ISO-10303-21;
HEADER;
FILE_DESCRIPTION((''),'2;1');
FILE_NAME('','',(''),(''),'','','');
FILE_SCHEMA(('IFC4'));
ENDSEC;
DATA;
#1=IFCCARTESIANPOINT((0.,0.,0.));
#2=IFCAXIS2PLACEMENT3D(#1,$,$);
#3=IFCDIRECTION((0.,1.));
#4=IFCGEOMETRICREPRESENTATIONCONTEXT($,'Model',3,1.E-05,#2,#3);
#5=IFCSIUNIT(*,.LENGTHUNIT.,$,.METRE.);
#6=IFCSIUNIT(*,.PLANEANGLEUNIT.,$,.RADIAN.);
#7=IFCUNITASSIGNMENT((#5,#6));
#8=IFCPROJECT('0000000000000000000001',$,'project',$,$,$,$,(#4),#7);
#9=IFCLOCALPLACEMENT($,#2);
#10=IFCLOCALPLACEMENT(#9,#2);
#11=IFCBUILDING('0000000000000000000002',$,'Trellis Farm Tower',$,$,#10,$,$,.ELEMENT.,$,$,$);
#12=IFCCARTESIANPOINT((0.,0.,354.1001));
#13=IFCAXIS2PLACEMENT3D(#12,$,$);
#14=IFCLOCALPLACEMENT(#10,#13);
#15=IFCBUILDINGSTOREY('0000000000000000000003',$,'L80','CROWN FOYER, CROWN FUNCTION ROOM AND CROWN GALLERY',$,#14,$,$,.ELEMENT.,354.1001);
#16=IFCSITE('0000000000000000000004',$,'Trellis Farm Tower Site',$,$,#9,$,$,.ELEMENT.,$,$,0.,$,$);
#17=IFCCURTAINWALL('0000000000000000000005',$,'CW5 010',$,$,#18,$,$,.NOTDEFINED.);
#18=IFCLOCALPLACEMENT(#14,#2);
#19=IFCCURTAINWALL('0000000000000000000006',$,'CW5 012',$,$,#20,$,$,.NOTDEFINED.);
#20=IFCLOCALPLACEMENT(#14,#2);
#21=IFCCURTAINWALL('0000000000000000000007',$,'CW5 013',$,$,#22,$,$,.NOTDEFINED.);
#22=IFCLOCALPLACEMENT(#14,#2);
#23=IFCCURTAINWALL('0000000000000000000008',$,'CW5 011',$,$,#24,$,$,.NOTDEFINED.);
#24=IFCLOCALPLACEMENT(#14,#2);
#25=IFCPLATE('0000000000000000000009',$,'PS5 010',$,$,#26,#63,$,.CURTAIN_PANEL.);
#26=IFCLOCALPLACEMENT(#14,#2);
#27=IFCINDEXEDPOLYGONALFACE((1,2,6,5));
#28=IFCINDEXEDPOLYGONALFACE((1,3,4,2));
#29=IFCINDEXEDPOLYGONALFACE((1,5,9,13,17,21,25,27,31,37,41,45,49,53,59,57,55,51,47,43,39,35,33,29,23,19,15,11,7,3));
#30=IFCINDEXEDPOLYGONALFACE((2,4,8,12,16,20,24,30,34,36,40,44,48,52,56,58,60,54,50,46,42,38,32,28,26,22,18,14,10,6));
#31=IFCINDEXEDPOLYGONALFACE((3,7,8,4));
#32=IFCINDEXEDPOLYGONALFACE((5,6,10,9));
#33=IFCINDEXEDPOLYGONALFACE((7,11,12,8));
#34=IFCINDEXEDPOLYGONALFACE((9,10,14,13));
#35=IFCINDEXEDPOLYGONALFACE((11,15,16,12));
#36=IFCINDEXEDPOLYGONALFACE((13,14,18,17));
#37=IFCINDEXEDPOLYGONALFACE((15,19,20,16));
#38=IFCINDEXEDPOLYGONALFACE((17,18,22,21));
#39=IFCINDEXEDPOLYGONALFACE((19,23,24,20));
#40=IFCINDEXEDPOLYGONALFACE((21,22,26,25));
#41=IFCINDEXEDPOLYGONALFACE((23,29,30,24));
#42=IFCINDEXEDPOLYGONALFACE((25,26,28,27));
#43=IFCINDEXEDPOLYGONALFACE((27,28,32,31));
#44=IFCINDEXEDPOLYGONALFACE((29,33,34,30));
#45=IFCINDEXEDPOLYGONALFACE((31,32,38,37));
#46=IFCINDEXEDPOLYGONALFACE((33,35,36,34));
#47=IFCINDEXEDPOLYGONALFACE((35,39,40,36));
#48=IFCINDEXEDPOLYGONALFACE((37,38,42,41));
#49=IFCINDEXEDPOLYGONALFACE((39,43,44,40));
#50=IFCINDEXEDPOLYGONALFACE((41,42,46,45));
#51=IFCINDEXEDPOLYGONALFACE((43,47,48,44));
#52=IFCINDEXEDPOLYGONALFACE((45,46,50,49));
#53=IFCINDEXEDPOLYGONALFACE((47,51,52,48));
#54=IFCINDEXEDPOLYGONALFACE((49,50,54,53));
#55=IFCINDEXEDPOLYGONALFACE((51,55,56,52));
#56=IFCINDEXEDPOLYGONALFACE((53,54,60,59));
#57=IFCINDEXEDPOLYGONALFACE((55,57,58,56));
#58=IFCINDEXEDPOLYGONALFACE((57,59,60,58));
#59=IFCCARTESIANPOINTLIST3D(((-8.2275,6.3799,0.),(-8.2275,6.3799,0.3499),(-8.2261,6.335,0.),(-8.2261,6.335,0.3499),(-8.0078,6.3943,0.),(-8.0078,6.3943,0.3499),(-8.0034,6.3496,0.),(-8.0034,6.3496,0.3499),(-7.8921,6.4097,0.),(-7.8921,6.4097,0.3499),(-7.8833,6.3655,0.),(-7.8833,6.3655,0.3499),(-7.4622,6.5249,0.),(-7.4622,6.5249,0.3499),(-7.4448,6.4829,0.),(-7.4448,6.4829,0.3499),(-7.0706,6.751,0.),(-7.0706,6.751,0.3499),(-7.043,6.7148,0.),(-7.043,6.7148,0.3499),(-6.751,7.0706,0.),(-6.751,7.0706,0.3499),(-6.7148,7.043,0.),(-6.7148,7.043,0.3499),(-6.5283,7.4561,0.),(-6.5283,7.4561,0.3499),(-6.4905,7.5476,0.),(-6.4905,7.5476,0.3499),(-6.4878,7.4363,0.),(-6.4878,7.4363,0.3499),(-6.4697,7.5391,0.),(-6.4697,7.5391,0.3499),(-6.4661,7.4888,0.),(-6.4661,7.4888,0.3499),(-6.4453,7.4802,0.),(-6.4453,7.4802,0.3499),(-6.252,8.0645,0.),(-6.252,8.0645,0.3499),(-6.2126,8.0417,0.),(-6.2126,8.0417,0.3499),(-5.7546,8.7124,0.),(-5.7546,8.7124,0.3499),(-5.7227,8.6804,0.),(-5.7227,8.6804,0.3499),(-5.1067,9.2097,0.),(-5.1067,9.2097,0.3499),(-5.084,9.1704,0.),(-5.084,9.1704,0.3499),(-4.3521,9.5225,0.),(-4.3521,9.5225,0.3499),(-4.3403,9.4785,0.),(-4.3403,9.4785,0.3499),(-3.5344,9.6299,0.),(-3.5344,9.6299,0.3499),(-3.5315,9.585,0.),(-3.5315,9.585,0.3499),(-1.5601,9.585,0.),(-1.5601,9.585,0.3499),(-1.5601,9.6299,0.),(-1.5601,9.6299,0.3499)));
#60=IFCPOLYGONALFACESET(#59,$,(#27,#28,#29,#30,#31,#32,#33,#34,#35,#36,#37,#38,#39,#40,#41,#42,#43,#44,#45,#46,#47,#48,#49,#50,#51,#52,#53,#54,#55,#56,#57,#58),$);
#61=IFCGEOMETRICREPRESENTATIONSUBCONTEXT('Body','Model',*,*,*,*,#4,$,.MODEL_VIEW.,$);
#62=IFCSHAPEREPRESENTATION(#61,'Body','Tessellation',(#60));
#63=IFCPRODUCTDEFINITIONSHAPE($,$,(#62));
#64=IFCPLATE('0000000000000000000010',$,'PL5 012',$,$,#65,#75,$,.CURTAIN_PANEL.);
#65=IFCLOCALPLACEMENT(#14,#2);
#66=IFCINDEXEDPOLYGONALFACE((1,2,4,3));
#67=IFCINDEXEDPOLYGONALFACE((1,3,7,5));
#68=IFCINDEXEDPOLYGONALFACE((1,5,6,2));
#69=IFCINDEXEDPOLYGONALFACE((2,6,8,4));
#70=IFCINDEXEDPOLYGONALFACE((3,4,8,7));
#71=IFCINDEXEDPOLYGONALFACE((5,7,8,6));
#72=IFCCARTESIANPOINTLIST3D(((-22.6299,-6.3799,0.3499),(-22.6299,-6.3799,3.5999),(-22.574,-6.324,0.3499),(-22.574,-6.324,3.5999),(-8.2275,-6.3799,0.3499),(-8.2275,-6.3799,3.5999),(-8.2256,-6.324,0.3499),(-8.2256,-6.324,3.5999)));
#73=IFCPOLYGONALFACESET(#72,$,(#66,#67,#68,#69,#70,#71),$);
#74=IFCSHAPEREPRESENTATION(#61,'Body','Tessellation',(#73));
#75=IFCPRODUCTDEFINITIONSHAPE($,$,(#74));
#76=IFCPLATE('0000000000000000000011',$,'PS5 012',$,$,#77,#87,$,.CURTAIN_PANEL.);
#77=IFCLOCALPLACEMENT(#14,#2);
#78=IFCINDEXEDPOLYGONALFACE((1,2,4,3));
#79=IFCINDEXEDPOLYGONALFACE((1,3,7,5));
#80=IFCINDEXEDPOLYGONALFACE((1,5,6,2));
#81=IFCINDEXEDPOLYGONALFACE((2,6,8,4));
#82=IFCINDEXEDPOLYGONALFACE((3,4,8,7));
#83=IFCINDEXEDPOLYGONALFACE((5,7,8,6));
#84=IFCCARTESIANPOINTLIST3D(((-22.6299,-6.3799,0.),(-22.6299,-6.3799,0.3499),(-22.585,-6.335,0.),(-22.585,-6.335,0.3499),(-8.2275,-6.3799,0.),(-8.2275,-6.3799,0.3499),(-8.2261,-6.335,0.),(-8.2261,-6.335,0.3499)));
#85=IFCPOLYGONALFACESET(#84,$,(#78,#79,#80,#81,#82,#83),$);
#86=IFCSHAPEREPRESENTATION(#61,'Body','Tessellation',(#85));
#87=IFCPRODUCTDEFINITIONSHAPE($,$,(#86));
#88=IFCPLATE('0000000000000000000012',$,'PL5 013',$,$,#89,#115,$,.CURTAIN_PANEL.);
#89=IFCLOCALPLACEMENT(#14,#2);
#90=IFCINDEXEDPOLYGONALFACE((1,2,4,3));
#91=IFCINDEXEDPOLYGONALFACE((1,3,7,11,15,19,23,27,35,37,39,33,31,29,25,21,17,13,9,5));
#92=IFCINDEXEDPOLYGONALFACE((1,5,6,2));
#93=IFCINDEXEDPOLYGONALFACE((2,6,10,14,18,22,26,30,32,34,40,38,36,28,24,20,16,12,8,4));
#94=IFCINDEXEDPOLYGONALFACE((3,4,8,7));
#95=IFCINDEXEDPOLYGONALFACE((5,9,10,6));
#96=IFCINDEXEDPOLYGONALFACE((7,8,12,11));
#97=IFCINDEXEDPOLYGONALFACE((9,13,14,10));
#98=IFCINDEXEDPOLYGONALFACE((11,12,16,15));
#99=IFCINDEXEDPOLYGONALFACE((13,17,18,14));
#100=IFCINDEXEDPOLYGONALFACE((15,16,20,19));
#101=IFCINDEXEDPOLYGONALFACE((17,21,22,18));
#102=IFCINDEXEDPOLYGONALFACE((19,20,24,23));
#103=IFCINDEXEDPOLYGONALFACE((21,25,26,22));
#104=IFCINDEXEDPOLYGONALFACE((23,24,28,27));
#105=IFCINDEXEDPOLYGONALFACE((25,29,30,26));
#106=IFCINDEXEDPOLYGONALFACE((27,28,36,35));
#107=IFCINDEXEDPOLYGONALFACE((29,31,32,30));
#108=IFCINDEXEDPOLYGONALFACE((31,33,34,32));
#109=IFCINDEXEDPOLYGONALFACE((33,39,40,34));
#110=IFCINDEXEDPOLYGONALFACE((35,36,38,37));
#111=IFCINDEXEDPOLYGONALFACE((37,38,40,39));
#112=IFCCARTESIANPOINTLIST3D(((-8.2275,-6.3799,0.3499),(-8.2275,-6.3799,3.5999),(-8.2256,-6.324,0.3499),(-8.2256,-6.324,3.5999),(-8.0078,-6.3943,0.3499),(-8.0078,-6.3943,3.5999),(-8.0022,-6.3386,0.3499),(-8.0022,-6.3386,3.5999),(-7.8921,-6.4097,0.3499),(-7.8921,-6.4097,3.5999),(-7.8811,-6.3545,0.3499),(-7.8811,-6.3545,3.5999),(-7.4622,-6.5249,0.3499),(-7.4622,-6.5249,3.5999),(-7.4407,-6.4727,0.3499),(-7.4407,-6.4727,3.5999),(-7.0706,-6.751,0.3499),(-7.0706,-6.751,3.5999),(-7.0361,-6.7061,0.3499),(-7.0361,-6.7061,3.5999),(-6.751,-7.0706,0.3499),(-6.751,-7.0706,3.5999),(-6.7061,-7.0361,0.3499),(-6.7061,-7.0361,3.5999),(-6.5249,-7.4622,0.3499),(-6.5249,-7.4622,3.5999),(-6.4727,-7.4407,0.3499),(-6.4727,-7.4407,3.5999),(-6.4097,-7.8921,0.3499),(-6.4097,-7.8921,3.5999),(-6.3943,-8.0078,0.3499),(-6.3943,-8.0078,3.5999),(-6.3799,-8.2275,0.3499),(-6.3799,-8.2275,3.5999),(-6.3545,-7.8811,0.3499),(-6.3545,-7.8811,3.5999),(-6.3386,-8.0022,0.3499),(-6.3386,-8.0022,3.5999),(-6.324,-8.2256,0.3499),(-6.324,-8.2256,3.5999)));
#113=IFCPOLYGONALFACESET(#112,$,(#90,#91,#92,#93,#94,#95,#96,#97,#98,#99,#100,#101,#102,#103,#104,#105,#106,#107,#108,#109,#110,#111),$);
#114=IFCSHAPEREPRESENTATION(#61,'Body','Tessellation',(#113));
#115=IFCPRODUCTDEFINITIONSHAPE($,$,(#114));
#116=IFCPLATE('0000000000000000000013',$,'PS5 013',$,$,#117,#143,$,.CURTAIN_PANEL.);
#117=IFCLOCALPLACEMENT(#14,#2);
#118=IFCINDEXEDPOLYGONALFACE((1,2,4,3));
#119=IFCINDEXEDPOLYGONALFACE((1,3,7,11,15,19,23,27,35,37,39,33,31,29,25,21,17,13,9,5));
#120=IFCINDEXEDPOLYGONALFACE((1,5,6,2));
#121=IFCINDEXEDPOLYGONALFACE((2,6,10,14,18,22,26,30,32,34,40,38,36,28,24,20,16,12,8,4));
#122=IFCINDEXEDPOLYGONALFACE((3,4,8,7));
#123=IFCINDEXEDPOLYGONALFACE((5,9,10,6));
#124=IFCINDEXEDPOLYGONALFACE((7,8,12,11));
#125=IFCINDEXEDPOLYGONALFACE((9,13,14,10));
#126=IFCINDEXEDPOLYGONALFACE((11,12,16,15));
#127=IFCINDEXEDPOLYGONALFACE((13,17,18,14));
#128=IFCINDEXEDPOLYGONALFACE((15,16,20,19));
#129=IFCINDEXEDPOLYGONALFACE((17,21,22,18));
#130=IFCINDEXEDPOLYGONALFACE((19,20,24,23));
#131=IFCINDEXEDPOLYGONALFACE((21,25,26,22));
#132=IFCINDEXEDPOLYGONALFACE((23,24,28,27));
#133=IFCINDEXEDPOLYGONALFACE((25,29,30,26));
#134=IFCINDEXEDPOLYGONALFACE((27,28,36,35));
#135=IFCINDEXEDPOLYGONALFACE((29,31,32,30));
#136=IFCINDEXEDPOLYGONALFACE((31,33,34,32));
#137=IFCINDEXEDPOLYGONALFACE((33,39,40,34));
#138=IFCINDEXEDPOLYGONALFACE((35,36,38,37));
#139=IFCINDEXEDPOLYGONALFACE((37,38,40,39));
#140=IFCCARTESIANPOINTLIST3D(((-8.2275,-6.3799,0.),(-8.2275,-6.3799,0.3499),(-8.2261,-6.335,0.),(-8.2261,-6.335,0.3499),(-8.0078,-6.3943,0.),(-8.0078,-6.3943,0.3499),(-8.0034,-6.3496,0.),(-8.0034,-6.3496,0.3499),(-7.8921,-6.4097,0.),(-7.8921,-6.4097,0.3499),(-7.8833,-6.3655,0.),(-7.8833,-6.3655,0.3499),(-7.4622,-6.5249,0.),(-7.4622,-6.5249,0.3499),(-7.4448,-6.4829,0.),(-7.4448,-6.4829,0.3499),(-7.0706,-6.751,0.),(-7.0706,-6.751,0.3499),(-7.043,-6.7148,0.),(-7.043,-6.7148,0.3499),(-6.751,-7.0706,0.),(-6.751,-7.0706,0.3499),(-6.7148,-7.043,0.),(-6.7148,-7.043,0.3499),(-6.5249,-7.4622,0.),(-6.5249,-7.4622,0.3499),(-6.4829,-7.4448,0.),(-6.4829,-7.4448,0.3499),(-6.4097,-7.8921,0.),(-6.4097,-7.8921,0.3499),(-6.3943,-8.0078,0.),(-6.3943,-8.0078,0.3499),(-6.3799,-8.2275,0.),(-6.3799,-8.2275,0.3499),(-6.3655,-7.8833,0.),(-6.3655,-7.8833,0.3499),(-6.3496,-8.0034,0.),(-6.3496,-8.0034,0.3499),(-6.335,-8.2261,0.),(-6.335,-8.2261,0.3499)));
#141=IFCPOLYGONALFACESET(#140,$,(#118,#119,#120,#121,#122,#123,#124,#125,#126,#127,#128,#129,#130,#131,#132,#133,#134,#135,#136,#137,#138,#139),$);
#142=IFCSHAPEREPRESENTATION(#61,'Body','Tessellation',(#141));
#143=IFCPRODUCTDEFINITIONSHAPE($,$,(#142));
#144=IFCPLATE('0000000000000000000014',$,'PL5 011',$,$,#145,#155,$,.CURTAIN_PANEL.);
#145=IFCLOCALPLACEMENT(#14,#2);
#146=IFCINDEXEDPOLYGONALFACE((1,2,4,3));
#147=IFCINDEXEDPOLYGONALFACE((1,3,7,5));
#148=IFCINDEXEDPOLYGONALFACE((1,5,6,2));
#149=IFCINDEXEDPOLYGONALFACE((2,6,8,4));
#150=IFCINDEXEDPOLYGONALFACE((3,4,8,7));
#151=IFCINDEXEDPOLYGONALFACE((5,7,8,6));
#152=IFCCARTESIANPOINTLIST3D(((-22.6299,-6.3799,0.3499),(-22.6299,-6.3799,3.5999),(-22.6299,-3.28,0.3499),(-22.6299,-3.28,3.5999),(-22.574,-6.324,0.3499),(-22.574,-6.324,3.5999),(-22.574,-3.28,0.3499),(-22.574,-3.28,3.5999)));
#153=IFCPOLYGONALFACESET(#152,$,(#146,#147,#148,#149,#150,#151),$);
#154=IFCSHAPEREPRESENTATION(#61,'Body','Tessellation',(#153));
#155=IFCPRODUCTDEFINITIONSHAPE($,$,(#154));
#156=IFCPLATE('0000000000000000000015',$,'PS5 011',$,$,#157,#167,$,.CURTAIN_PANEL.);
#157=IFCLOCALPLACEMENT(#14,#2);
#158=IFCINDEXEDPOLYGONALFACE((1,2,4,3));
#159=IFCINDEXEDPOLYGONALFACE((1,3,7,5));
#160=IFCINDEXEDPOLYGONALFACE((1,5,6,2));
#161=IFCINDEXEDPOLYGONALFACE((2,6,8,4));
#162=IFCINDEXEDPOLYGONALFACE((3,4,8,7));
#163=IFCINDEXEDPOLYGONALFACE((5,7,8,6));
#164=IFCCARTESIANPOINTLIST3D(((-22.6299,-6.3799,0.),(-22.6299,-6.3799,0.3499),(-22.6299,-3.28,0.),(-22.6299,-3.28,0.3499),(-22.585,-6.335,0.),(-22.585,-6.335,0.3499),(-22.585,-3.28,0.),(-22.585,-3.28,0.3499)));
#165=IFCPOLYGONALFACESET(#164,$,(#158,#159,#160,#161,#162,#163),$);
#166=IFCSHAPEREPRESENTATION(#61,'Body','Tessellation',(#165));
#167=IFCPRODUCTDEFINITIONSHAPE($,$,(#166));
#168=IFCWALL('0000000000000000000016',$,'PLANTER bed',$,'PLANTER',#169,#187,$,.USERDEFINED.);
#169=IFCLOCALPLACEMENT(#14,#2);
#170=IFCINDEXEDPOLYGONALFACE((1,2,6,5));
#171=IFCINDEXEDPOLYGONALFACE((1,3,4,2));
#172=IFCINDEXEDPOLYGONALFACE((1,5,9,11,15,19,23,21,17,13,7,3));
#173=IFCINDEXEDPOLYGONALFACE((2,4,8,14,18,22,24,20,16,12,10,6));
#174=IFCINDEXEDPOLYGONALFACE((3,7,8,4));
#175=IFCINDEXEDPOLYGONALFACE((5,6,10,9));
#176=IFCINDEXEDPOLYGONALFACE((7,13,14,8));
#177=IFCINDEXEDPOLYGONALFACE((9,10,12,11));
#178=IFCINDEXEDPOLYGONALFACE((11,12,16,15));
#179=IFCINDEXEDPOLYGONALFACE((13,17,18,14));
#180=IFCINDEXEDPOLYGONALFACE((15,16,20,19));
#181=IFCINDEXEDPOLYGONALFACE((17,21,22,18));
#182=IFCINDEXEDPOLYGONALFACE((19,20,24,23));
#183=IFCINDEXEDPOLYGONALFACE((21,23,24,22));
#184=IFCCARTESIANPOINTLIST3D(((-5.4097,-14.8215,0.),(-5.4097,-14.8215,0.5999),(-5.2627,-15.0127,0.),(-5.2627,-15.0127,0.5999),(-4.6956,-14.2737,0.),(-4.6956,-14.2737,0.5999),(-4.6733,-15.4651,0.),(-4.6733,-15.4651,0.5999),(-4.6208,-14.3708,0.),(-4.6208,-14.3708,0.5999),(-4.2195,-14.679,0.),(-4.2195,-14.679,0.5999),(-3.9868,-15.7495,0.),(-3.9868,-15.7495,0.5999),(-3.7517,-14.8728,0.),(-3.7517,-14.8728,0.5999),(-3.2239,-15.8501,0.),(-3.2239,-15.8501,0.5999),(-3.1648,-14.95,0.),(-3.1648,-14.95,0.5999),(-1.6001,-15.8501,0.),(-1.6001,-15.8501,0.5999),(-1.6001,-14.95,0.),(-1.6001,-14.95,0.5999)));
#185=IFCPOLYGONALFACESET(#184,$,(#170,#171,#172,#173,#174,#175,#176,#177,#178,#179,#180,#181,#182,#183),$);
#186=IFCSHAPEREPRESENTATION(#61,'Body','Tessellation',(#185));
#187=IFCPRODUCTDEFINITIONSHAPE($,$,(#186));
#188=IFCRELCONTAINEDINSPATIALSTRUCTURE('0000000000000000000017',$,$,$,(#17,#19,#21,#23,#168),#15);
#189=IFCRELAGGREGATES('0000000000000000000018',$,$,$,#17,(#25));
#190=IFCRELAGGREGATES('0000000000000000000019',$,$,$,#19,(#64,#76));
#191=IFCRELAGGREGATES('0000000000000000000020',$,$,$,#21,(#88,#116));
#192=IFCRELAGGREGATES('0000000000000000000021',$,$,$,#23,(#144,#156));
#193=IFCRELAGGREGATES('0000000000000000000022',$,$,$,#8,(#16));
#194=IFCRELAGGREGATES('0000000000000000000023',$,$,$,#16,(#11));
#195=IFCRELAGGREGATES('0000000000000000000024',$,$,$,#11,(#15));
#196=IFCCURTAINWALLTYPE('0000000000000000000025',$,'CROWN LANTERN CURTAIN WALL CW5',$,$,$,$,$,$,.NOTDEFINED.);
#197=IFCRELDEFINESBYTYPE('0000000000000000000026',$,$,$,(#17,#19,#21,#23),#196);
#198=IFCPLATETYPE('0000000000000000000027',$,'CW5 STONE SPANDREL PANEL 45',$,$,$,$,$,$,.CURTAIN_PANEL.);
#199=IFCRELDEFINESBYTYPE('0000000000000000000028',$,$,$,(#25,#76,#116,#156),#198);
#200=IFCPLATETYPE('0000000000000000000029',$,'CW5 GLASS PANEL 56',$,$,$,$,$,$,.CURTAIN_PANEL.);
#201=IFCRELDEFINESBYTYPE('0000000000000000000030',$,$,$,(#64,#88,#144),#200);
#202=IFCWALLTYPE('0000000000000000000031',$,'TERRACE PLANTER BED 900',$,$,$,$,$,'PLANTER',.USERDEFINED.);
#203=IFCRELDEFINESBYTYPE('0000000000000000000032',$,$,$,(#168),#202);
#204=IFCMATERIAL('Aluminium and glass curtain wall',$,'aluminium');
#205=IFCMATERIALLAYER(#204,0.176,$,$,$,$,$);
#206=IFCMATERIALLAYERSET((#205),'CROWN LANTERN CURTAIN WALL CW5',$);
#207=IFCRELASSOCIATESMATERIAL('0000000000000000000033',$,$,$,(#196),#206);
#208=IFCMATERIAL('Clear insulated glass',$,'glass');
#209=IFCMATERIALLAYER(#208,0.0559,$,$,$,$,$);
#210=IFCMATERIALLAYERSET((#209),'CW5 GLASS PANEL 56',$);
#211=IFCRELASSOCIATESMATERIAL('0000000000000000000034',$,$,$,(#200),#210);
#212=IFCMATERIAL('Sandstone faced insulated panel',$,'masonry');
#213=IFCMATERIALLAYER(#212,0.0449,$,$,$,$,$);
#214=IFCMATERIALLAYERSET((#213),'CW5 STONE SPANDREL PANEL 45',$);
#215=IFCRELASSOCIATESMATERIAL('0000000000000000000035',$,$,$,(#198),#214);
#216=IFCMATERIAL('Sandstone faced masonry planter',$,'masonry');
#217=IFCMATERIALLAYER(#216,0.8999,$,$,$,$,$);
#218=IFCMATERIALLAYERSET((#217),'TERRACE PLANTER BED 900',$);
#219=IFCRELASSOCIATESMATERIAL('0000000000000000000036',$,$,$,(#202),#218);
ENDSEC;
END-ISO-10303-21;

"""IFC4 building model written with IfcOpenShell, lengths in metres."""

from ifc_helpers import new_model, si_unit, direction, frame, origin, place, context, subcontext, project, spatial, polyline, outline, extrude, source, transform, mapped, material, layer, layer_set, type_object, element, aggregate, save


model = new_model("IFC4")

# Units and contexts
model_context = context("Model", 3, precision=1e-05, world=origin(), true_north=direction((0.0, 1.0)))
body_context = subcontext(model_context, "Body", "Model", "MODEL_VIEW")
ifc_project = project(units=[si_unit("LENGTHUNIT", "METRE"), si_unit("PLANEANGLEUNIT", "RADIAN")], contexts=[model_context])

# Site, building, storey
site_placement = place(None, origin())
site = spatial("IfcSite", under=ifc_project, at=site_placement, Name="Trellis Farm Tower Site", CompositionType="ELEMENT", RefElevation=0.0)
building_placement = place(site_placement, origin())
building = spatial("IfcBuilding", under=site, at=building_placement, Name="Trellis Farm Tower", CompositionType="ELEMENT")
storey_placement = place(building_placement, frame((0.0, 0.0, 354.1001)))
storey = spatial("IfcBuildingStorey", under=building, at=storey_placement, Name="L80", Description="CROWN FOYER, CROWN FUNCTION ROOM AND CROWN GALLERY", CompositionType="ELEMENT", Elevation=354.1001)

# Curtain walls
ifc_material_1 = material(Name="Aluminium and glass curtain wall", Category="aluminium")
ifc_layer_1 = layer(ifc_material_1, 0.176)
ifc_layer_set_1 = layer_set([ifc_layer_1], Name="CROWN LANTERN CURTAIN WALL CW5")
curtain_wall_type = type_object("IfcCurtainWallType", Name="CROWN LANTERN CURTAIN WALL CW5", PredefinedType="NOTDEFINED", material=ifc_layer_set_1)
placement_1 = place(storey_placement, origin())
curtain_wall_1 = element("IfcCurtainWall", 1, at=placement_1, inside=storey, type_object=curtain_wall_type, Name="CW5 010", PredefinedType="NOTDEFINED")
curtain_wall_2 = element("IfcCurtainWall", 2, at=placement_1, inside=storey, type_object=curtain_wall_type, Name="CW5 012", PredefinedType="NOTDEFINED")
curtain_wall_3 = element("IfcCurtainWall", 3, at=placement_1, inside=storey, type_object=curtain_wall_type, Name="CW5 013", PredefinedType="NOTDEFINED")
curtain_wall_4 = element("IfcCurtainWall", 4, at=placement_1, inside=storey, type_object=curtain_wall_type, Name="CW5 011", PredefinedType="NOTDEFINED")

# Plates
ifc_material_2 = material(Name="Clear insulated glass", Category="glass")
ifc_layer_2 = layer(ifc_material_2, 0.0559)
ifc_layer_set_2 = layer_set([ifc_layer_2], Name="CW5 GLASS PANEL 56")
plate_type_1 = type_object("IfcPlateType", Name="CW5 GLASS PANEL 56", PredefinedType="CURTAIN_PANEL", material=ifc_layer_set_2)
placement_2 = place(storey_placement, frame((0.0, 0.0, 0.3499)))
ifc_material_3 = material(Name="Sandstone faced insulated panel", Category="masonry")
ifc_layer_3 = layer(ifc_material_3, 0.0449)
ifc_layer_set_3 = layer_set([ifc_layer_3], Name="CW5 STONE SPANDREL PANEL 45")
plate_type_2 = type_object("IfcPlateType", Name="CW5 STONE SPANDREL PANEL 45", PredefinedType="CURTAIN_PANEL", material=ifc_layer_set_3)
plate_1 = element("IfcPlate", 5, at=placement_1, type_object=plate_type_2, Name="PS5 010", PredefinedType="CURTAIN_PANEL", context=body_context, shape_type="SweptSolid", body=[
    extrude(outline(polyline([(-1.5601, 9.6299), (-3.5344, 9.6299), (-4.3521, 9.5225), (-5.1067, 9.2097), (-5.7546, 8.7124), (-6.252, 8.0645), (-6.4697, 7.5391), (-6.4905, 7.5476), (-6.5283, 7.4561), (-6.751, 7.0706), (-7.0706, 6.751), (-7.4622, 6.5249), (-7.8921, 6.4097), (-8.0078, 6.3943), (-8.2275, 6.3799), (-8.2261, 6.335), (-8.0034, 6.3496), (-7.8833, 6.3655), (-7.4448, 6.4829), (-7.043, 6.7148), (-6.7148, 7.043), (-6.4878, 7.4363), (-6.4661, 7.4888), (-6.4453, 7.4802), (-6.2126, 8.0417), (-5.7227, 8.6804), (-5.084, 9.1704), (-4.3403, 9.4785), (-3.5315, 9.585), (-1.5601, 9.585), (-1.5601, 9.6299)])), origin(), (0.0, 0.0, 1.0), 0.3499),
])
aggregate(curtain_wall_1, [plate_1])
shared_shape_1 = source(origin(), body_context, "Body", "SweptSolid", [
    extrude(outline(polyline([(-22.6299, -6.3799), (-8.2275, -6.3799), (-8.2256, -6.324), (-22.574, -6.324), (-22.6299, -6.3799)])), origin(), (0.0, 0.0, 1.0), 3.25),
])
plate_2 = element("IfcPlate", 6, at=placement_2, type_object=plate_type_1, Name="PL5 012", PredefinedType="CURTAIN_PANEL", context=body_context, shape_type="MappedRepresentation", body=[
    mapped(shared_shape_1, transform((0.0, 0.0, 0.0))),
])
shared_shape_2 = source(origin(), body_context, "Body", "SweptSolid", [
    extrude(outline(polyline([(-22.6299, -6.3799), (-8.2275, -6.3799), (-8.2261, -6.335), (-22.585, -6.335), (-22.6299, -6.3799)])), origin(), (0.0, 0.0, 1.0), 0.3499),
])
plate_3 = element("IfcPlate", 7, at=placement_1, type_object=plate_type_2, Name="PS5 012", PredefinedType="CURTAIN_PANEL", context=body_context, shape_type="MappedRepresentation", body=[
    mapped(shared_shape_2, transform((0.0, 0.0, 0.0))),
])
aggregate(curtain_wall_2, [plate_2, plate_3])
shared_shape_3 = source(origin(), body_context, "Body", "SweptSolid", [
    extrude(outline(polyline([(-8.2275, -6.3799), (-8.0078, -6.3943), (-7.8921, -6.4097), (-7.4622, -6.5249), (-7.0706, -6.751), (-6.751, -7.0706), (-6.5249, -7.4622), (-6.4097, -7.8921), (-6.3943, -8.0078), (-6.3799, -8.2275), (-6.324, -8.2256), (-6.3386, -8.0022), (-6.3545, -7.8811), (-6.4727, -7.4407), (-6.7061, -7.0361), (-7.0361, -6.7061), (-7.4407, -6.4727), (-7.8811, -6.3545), (-8.0022, -6.3386), (-8.2256, -6.324), (-8.2275, -6.3799)])), origin(), (0.0, 0.0, 1.0), 3.25),
])
plate_4 = element("IfcPlate", 8, at=placement_2, type_object=plate_type_1, Name="PL5 013", PredefinedType="CURTAIN_PANEL", context=body_context, shape_type="MappedRepresentation", body=[
    mapped(shared_shape_3, transform((0.0, 0.0, 0.0))),
])
shared_shape_4 = source(origin(), body_context, "Body", "SweptSolid", [
    extrude(outline(polyline([(-8.2275, -6.3799), (-8.0078, -6.3943), (-7.8921, -6.4097), (-7.4622, -6.5249), (-7.0706, -6.751), (-6.751, -7.0706), (-6.5249, -7.4622), (-6.4097, -7.8921), (-6.3943, -8.0078), (-6.3799, -8.2275), (-6.335, -8.2261), (-6.3496, -8.0034), (-6.3655, -7.8833), (-6.4829, -7.4448), (-6.7148, -7.043), (-7.043, -6.7148), (-7.4448, -6.4829), (-7.8833, -6.3655), (-8.0034, -6.3496), (-8.2261, -6.335), (-8.2275, -6.3799)])), origin(), (0.0, 0.0, 1.0), 0.3499),
])
plate_5 = element("IfcPlate", 9, at=placement_1, type_object=plate_type_2, Name="PS5 013", PredefinedType="CURTAIN_PANEL", context=body_context, shape_type="MappedRepresentation", body=[
    mapped(shared_shape_4, transform((0.0, 0.0, 0.0))),
])
aggregate(curtain_wall_3, [plate_4, plate_5])
shared_shape_5 = source(origin(), body_context, "Body", "SweptSolid", [
    extrude(outline(polyline([(-22.6299, -3.28), (-22.6299, -6.3799), (-22.574, -6.324), (-22.574, -3.28), (-22.6299, -3.28)])), origin(), (0.0, 0.0, 1.0), 3.25),
])
plate_6 = element("IfcPlate", 10, at=placement_2, type_object=plate_type_1, Name="PL5 011", PredefinedType="CURTAIN_PANEL", context=body_context, shape_type="MappedRepresentation", body=[
    mapped(shared_shape_5, transform((0.0, 0.0, 0.0))),
])
shared_shape_6 = source(origin(), body_context, "Body", "SweptSolid", [
    extrude(outline(polyline([(-22.6299, -3.28), (-22.6299, -6.3799), (-22.585, -6.335), (-22.585, -3.28), (-22.6299, -3.28)])), origin(), (0.0, 0.0, 1.0), 0.3499),
])
plate_7 = element("IfcPlate", 11, at=placement_1, type_object=plate_type_2, Name="PS5 011", PredefinedType="CURTAIN_PANEL", context=body_context, shape_type="MappedRepresentation", body=[
    mapped(shared_shape_6, transform((0.0, 0.0, 0.0))),
])
aggregate(curtain_wall_4, [plate_6, plate_7])

# Wall
ifc_material_4 = material(Name="Sandstone faced masonry planter", Category="masonry")
ifc_layer_4 = layer(ifc_material_4, 0.8999)
ifc_layer_set_4 = layer_set([ifc_layer_4], Name="TERRACE PLANTER BED 900")
wall_type_1 = type_object("IfcWallType", Name="TERRACE PLANTER BED 900", ElementType="PLANTER", PredefinedType="USERDEFINED", material=ifc_layer_set_4)
element("IfcWall", 12, at=placement_1, inside=storey, type_object=wall_type_1, Name="PLANTER bed", ObjectType="PLANTER", PredefinedType="USERDEFINED", context=body_context, shape_type="SweptSolid", body=[
    extrude(outline(polyline([(-3.2239, -15.8501), (-3.9868, -15.7495), (-4.6733, -15.4651), (-5.2627, -15.0127), (-5.4097, -14.8215), (-4.6956, -14.2737), (-4.6208, -14.3708), (-4.2195, -14.679), (-3.7517, -14.8728), (-3.1648, -14.95), (-1.6001, -14.95), (-1.6001, -15.8501), (-3.2239, -15.8501)])), origin(), (0.0, 0.0, 1.0), 0.5999),
])

save(model, "model.ifc")
